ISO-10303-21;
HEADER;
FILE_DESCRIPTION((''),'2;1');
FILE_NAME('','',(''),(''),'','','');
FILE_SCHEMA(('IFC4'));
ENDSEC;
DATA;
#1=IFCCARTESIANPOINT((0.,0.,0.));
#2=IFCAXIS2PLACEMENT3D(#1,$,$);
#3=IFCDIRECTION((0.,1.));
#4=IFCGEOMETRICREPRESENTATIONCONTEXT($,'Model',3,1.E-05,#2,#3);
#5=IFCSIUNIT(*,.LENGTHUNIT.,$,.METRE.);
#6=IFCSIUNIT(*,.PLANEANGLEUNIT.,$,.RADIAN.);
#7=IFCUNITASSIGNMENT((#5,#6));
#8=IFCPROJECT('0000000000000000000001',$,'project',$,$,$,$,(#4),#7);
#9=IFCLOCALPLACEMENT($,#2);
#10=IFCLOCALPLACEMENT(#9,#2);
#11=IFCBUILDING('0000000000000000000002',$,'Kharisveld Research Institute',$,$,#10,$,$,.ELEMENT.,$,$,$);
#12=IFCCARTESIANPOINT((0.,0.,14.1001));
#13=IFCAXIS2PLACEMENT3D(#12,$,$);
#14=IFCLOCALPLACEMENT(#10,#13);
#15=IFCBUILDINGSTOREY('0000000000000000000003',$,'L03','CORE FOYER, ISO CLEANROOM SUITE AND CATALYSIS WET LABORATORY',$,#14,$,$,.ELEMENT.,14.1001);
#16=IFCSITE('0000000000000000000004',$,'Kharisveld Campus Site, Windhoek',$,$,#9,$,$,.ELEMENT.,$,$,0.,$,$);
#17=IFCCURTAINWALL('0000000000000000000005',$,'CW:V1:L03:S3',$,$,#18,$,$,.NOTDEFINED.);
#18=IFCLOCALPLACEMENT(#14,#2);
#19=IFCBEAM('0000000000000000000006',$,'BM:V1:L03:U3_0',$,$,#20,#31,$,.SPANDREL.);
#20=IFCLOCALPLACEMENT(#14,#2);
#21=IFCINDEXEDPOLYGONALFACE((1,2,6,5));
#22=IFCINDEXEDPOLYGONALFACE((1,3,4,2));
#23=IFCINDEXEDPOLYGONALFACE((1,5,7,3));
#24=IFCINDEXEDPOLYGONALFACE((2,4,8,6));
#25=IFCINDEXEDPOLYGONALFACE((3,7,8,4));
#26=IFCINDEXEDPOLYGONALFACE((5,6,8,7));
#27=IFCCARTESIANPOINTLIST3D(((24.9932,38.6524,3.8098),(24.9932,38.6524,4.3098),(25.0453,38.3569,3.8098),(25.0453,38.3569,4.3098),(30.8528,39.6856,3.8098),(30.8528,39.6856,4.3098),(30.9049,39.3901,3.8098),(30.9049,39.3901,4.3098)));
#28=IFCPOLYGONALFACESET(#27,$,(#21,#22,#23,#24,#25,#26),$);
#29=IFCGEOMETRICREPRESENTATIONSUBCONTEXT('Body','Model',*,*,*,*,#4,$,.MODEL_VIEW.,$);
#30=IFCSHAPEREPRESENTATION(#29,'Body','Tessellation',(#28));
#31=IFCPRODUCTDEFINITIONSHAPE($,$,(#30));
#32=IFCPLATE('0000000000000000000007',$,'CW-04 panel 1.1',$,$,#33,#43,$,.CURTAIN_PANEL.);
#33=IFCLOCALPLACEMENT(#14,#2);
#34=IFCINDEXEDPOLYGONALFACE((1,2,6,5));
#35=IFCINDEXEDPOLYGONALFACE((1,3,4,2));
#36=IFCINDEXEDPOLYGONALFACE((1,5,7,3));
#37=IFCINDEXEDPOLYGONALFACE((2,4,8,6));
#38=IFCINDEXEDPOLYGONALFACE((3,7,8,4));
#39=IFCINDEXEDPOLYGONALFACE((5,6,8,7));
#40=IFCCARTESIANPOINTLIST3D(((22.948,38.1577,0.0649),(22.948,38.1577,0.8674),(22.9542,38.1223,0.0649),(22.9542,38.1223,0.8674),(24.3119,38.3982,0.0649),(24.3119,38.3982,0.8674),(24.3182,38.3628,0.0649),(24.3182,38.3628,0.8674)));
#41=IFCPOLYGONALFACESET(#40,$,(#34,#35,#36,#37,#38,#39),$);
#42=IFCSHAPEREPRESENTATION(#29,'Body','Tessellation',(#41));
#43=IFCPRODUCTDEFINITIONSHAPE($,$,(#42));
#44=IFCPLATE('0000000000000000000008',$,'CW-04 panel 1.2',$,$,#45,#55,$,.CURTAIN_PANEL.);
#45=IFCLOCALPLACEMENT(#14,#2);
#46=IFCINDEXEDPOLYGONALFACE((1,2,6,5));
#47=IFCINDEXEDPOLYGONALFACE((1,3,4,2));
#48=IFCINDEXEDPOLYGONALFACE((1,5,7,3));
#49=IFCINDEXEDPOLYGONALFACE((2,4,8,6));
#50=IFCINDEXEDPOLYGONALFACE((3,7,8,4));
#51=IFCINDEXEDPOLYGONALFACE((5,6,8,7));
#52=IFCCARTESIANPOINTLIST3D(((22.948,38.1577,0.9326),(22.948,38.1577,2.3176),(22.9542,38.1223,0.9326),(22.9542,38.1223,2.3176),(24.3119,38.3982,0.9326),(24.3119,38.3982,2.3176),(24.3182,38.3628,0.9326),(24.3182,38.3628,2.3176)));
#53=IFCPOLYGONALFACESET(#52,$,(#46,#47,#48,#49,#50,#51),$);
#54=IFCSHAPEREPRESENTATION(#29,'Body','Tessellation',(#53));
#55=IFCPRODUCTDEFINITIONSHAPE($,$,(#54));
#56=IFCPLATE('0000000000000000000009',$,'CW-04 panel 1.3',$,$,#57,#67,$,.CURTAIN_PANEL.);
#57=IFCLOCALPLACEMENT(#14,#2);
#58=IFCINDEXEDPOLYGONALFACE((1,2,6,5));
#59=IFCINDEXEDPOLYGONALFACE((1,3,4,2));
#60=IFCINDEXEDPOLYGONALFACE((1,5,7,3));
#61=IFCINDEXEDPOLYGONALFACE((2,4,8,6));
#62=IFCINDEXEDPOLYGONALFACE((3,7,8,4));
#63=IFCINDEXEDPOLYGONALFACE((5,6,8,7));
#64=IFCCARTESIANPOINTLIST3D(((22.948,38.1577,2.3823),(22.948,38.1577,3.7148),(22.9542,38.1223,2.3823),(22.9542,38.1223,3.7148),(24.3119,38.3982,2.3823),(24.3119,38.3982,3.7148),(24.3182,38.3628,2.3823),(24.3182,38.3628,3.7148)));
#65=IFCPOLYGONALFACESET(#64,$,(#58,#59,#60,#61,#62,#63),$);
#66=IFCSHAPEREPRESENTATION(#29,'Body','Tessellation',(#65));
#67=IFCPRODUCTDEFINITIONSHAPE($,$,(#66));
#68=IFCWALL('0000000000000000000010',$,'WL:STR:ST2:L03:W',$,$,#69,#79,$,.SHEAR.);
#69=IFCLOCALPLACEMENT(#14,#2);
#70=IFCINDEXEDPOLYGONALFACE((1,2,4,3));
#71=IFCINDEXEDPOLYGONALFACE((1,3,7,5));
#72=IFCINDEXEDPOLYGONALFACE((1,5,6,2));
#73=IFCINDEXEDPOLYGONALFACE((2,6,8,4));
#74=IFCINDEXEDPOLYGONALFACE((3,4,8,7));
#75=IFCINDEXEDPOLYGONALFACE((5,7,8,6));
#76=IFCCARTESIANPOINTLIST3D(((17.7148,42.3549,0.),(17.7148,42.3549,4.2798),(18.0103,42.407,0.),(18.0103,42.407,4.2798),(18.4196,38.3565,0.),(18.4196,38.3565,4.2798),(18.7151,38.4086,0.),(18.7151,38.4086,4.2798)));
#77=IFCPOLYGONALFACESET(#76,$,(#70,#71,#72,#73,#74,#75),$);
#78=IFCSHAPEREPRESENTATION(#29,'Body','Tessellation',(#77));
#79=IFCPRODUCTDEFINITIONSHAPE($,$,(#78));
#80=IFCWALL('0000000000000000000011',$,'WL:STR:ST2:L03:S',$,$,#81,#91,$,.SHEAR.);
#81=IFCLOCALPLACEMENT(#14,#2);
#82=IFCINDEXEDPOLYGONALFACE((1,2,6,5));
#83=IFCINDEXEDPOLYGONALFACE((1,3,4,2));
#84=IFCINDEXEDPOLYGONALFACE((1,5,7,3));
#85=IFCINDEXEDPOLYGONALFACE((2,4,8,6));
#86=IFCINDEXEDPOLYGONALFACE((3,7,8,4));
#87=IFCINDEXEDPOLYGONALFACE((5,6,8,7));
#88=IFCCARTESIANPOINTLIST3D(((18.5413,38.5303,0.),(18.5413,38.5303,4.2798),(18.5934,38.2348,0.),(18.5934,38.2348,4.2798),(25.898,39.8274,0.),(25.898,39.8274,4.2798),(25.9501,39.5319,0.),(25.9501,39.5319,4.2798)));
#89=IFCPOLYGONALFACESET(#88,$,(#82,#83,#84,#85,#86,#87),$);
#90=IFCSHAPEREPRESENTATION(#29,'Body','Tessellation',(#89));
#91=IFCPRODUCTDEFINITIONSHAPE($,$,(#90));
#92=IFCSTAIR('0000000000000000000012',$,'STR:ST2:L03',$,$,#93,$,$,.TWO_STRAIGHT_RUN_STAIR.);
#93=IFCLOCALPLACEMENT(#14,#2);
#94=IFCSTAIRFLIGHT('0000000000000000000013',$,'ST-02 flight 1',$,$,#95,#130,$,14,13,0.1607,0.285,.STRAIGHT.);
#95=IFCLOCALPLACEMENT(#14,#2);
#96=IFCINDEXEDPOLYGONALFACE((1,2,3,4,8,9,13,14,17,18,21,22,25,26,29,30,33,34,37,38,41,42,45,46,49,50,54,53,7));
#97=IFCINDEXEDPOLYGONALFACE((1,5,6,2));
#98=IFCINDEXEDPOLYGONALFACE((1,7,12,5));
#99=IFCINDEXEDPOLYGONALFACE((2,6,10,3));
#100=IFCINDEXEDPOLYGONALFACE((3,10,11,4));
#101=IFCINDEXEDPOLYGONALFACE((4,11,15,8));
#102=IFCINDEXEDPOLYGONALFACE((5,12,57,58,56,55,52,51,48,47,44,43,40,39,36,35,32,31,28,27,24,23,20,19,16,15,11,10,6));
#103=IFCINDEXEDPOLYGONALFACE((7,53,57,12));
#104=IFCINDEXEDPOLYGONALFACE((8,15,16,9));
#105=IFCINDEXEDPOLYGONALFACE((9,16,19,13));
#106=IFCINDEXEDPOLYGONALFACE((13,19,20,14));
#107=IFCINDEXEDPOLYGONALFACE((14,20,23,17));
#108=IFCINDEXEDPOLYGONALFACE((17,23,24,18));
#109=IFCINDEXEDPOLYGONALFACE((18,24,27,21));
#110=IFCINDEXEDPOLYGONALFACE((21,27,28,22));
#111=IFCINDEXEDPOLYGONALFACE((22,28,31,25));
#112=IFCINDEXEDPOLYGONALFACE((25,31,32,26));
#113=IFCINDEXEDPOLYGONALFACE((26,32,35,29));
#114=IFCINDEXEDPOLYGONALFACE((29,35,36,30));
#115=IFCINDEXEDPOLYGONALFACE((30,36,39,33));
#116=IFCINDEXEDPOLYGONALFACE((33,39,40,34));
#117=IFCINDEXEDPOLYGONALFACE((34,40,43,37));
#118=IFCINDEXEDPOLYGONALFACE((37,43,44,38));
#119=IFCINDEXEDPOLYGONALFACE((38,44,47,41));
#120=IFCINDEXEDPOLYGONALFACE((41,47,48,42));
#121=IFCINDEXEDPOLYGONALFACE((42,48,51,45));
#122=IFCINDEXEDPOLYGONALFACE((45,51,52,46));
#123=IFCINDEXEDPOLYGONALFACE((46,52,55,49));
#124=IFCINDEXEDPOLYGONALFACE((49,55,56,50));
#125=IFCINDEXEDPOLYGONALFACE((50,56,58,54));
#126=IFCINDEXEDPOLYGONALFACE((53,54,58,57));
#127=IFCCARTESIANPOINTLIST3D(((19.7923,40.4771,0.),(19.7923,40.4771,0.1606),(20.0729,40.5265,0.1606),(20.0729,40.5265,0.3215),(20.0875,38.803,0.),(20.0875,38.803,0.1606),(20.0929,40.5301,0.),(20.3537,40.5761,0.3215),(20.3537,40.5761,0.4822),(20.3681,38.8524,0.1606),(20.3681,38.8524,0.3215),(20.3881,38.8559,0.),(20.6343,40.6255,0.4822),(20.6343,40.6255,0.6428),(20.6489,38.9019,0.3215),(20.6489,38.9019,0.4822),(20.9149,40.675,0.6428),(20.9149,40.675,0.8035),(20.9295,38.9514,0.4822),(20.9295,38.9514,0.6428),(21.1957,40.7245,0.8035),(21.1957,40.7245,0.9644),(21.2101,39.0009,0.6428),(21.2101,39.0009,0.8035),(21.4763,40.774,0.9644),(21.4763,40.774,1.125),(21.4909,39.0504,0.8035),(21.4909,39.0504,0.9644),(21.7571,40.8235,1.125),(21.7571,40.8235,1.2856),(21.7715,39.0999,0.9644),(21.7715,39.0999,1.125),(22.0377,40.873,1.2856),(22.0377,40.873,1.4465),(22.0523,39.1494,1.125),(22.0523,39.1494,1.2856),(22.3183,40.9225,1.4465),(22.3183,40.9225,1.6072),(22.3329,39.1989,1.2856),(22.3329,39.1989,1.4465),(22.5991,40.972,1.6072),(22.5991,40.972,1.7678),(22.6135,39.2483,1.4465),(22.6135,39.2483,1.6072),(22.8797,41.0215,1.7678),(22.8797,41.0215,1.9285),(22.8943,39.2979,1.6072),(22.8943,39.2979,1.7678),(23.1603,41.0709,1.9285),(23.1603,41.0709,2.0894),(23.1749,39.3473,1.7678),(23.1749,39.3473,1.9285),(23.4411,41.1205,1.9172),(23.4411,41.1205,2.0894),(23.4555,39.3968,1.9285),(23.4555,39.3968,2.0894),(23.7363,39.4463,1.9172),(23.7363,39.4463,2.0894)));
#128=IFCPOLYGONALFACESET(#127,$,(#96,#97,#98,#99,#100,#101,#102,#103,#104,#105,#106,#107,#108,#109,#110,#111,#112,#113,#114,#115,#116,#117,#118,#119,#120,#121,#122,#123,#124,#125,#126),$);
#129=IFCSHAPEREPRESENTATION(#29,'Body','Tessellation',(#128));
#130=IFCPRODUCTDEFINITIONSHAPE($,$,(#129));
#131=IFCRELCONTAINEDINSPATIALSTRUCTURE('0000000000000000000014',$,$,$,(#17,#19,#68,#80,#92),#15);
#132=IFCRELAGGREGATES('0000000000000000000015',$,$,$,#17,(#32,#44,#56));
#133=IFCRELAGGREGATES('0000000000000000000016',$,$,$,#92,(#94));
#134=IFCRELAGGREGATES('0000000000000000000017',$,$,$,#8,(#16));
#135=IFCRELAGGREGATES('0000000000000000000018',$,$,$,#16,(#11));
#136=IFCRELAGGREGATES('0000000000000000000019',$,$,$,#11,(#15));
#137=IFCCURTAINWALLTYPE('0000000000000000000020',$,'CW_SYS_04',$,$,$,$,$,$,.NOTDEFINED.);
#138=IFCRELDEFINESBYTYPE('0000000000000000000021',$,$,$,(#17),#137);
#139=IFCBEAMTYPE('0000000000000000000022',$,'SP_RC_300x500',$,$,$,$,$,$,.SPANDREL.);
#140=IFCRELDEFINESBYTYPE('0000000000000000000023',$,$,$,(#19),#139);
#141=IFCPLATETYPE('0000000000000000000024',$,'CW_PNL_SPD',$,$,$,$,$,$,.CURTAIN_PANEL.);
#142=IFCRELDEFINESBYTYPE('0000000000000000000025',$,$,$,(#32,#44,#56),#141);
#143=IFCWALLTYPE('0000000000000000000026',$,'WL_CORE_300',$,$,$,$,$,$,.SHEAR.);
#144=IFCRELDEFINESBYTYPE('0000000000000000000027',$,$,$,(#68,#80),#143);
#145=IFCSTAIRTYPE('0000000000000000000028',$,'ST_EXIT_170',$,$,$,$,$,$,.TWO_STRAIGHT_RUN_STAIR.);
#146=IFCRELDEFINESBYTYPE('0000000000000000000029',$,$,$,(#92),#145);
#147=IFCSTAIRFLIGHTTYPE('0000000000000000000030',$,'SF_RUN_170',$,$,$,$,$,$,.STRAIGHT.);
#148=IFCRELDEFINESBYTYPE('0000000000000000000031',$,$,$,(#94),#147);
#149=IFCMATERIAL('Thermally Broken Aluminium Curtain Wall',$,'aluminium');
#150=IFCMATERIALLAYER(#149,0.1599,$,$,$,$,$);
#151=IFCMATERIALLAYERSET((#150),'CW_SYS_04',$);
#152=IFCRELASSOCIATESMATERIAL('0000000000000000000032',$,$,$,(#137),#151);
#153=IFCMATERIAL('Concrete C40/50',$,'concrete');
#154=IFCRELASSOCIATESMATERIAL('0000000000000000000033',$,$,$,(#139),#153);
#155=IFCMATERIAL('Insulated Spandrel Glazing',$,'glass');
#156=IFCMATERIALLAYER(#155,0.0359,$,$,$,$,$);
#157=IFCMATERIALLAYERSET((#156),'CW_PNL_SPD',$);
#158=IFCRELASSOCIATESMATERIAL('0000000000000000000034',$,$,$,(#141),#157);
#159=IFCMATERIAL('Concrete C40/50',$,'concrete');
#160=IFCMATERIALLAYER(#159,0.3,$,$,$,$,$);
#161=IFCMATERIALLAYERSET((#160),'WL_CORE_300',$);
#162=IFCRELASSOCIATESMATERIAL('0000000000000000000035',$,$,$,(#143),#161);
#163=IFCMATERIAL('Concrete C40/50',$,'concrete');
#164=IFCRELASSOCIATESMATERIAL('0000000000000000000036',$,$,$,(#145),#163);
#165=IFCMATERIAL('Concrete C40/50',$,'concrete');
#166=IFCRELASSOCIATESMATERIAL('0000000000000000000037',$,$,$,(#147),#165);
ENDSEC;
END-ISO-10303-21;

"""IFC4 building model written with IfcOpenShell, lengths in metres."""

from ifc_helpers import new_model, si_unit, direction, frame, frame_2d, origin, origin_2d, place, context, subcontext, project, spatial, polyline, rectangle, outline, extrude, material, layer, layer_set, material_profile, profile_set, type_object, element, aggregate, save


model = new_model("IFC4")

# Units and contexts
model_context = context("Model", 3, precision=1e-05, world=origin(), true_north=direction((0.0, 1.0)))
body_context = subcontext(model_context, "Body", "Model", "MODEL_VIEW")
ifc_project = project(units=[si_unit("LENGTHUNIT", "METRE"), si_unit("PLANEANGLEUNIT", "RADIAN")], contexts=[model_context])

# Site, building, storey
site_placement = place(None, origin())
site = spatial("IfcSite", under=ifc_project, at=site_placement, Name="Kharisveld Campus Site, Windhoek", CompositionType="ELEMENT", RefElevation=0.0)
building_placement = place(site_placement, origin())
building = spatial("IfcBuilding", under=site, at=building_placement, Name="Kharisveld Research Institute", CompositionType="ELEMENT")
storey_placement = place(building_placement, frame((0.0, 0.0, 14.1001)))
storey = spatial("IfcBuildingStorey", under=building, at=storey_placement, Name="L03", Description="CORE FOYER, ISO CLEANROOM SUITE AND CATALYSIS WET LABORATORY", CompositionType="ELEMENT", Elevation=14.1001)

# Curtain wall
ifc_material_1 = material(Name="Thermally Broken Aluminium Curtain Wall", Category="aluminium")
ifc_layer_1 = layer(ifc_material_1, 0.1599)
ifc_layer_set_1 = layer_set([ifc_layer_1], Name="CW_SYS_04")
curtain_wall_type = type_object("IfcCurtainWallType", Name="CW_SYS_04", PredefinedType="NOTDEFINED", material=ifc_layer_set_1)
curtain_wall_placement = place(storey_placement, origin())
curtain_wall = element("IfcCurtainWall", 1, at=curtain_wall_placement, inside=storey, type_object=curtain_wall_type, Name="CW:V1:L03:S3", PredefinedType="NOTDEFINED")

# Beam
ifc_material_2 = material(Name="Concrete C40/50", Category="concrete")
ifc_material_profile_1 = material_profile(ifc_material_2, rectangle(XDim=0.3, YDim=0.5, at=origin_2d()))
ifc_profile_set_1 = profile_set([ifc_material_profile_1], Name="Concrete C40/50")
beam_type = type_object("IfcBeamType", Name="SP_RC_300x500", PredefinedType="SPANDREL", material=ifc_profile_set_1)
beam_placement = place(storey_placement, frame((25.0193, 38.5046, 4.0598), z_axis=(0.984808, 0.173647, 0.0), x_axis=(-0.173647, 0.984808, 0.0)))
element("IfcBeam", 2, at=beam_placement, inside=storey, type_object=beam_type, Name="BM:V1:L03:U3_0", PredefinedType="SPANDREL", context=body_context, shape_type="SweptSolid", body=[
    extrude(rectangle(XDim=0.3, YDim=0.5, at=origin_2d()), origin(), (0.0, 0.0, 1.0), 5.95),
])

# Plates
ifc_material_3 = material(Name="Insulated Spandrel Glazing", Category="glass")
ifc_layer_2 = layer(ifc_material_3, 0.0359)
ifc_layer_set_2 = layer_set([ifc_layer_2], Name="CW_PNL_SPD")
plate_type = type_object("IfcPlateType", Name="CW_PNL_SPD", PredefinedType="CURTAIN_PANEL", material=ifc_layer_set_2)
plate_1_placement = place(storey_placement, frame((23.6331, 38.2603, 0.0649), z_axis=(0.0, 0.0, 1.0), x_axis=(-0.984808, -0.173648, 0.0)))
plate_1 = element("IfcPlate", 3, at=plate_1_placement, type_object=plate_type, Name="CW-04 panel 1.1", PredefinedType="CURTAIN_PANEL", context=body_context, shape_type="SweptSolid", body=[
    extrude(rectangle(XDim=1.385, YDim=0.0359, at=origin_2d()), origin(), (0.0, 0.0, 1.0), 0.8025),
])
plate_2_placement = place(storey_placement, frame((23.6331, 38.2603, 0.9326), z_axis=(0.0, 0.0, 1.0), x_axis=(-0.984808, -0.173648, 0.0)))
plate_2 = element("IfcPlate", 4, at=plate_2_placement, type_object=plate_type, Name="CW-04 panel 1.2", PredefinedType="CURTAIN_PANEL", context=body_context, shape_type="SweptSolid", body=[
    extrude(rectangle(XDim=1.385, YDim=0.0359, at=origin_2d()), origin(), (0.0, 0.0, 1.0), 1.385),
])
plate_3_placement = place(storey_placement, frame((23.6331, 38.2603, 2.3823), z_axis=(0.0, 0.0, 1.0), x_axis=(-0.984808, -0.173648, 0.0)))
plate_3 = element("IfcPlate", 5, at=plate_3_placement, type_object=plate_type, Name="CW-04 panel 1.3", PredefinedType="CURTAIN_PANEL", context=body_context, shape_type="SweptSolid", body=[
    extrude(rectangle(XDim=1.385, YDim=0.0359, at=origin_2d()), origin(), (0.0, 0.0, 1.0), 1.3325),
])
aggregate(curtain_wall, [plate_1, plate_2, plate_3])

# Walls
ifc_material_4 = material(Name="Concrete C40/50", Category="concrete")
ifc_layer_3 = layer(ifc_material_4, 0.3)
ifc_layer_set_3 = layer_set([ifc_layer_3], Name="WL_CORE_300")
wall_type_1 = type_object("IfcWallType", Name="WL_CORE_300", PredefinedType="SHEAR", material=ifc_layer_set_3)
wall_1_placement = place(storey_placement, frame((18.5674, 38.3826, 0.0), z_axis=(0.0, 0.0, 1.0), x_axis=(-0.173607, 0.984815, 0.0)))
element("IfcWall", 6, at=wall_1_placement, inside=storey, type_object=wall_type_1, Name="WL:STR:ST2:L03:W", PredefinedType="SHEAR", context=body_context, shape_type="SweptSolid", body=[
    extrude(rectangle(XDim=4.0601, YDim=0.3, at=frame_2d((2.03, 0.0))), origin(), (0.0, 0.0, 1.0), 4.2798),
])
wall_2_placement = place(storey_placement, frame((25.9241, 39.6797, 0.0), z_axis=(0.0, 0.0, 1.0), x_axis=(-0.984809, -0.17364, 0.0)))
element("IfcWall", 7, at=wall_2_placement, inside=storey, type_object=wall_type_1, Name="WL:STR:ST2:L03:S", PredefinedType="SHEAR", context=body_context, shape_type="SweptSolid", body=[
    extrude(rectangle(XDim=7.4702, YDim=0.3, at=frame_2d((3.7351, 0.0))), origin(), (0.0, 0.0, 1.0), 4.2798),
])

# Stair, stair flight
ifc_material_5 = material(Name="Concrete C40/50", Category="concrete")
stair_type = type_object("IfcStairType", Name="ST_EXIT_170", PredefinedType="TWO_STRAIGHT_RUN_STAIR", material=ifc_material_5)
stair_placement = place(storey_placement, origin())
stair = element("IfcStair", 8, at=stair_placement, inside=storey, type_object=stair_type, Name="STR:ST2:L03", PredefinedType="TWO_STRAIGHT_RUN_STAIR")
ifc_material_6 = material(Name="Concrete C40/50", Category="concrete")
stair_flight_type = type_object("IfcStairFlightType", Name="SF_RUN_170", PredefinedType="STRAIGHT", material=ifc_material_6)
stair_flight_placement = place(storey_placement, frame((19.9399, 39.6399, 0.0), z_axis=(0.0, 0.0, 1.0), x_axis=(0.984808, 0.173648, 0.0)))
stair_flight = element("IfcStairFlight", 9, at=stair_flight_placement, type_object=stair_flight_type, Name="ST-02 flight 1", NumberOfRisers=14, NumberOfTreads=13, PredefinedType="STRAIGHT", RiserHeight=0.1607, TreadLength=0.285, context=body_context, shape_type="SweptSolid", body=[
    extrude(outline(polyline([(0.0, 0.0), (0.0, 0.1606), (0.2849, 0.1606), (0.2849, 0.3215), (0.5701, 0.3215), (0.5701, 0.4822), (0.855, 0.4822), (0.855, 0.6428), (1.1399, 0.6428), (1.1399, 0.8035), (1.425, 0.8035), (1.425, 0.9644), (1.71, 0.9644), (1.71, 1.125), (1.9951, 1.125), (1.9951, 1.2856), (2.28, 1.2856), (2.28, 1.4465), (2.5649, 1.4465), (2.5649, 1.6072), (2.8501, 1.6072), (2.8501, 1.7678), (3.135, 1.7678), (3.135, 1.9285), (3.4199, 1.9285), (3.4199, 2.0894), (3.7051, 2.0894), (3.7051, 2.25), (3.7051, 1.9172), (0.3052, 0.0), (0.0, 0.0)])), frame((0.0, 0.8501, 0.0), z_axis=(0.0, -1.0, 0.0), x_axis=(1.0, 0.0, 0.0)), (0.0, 0.0, 1.0), 1.7),
])
aggregate(stair, [stair_flight])

save(model, "model.ifc")
